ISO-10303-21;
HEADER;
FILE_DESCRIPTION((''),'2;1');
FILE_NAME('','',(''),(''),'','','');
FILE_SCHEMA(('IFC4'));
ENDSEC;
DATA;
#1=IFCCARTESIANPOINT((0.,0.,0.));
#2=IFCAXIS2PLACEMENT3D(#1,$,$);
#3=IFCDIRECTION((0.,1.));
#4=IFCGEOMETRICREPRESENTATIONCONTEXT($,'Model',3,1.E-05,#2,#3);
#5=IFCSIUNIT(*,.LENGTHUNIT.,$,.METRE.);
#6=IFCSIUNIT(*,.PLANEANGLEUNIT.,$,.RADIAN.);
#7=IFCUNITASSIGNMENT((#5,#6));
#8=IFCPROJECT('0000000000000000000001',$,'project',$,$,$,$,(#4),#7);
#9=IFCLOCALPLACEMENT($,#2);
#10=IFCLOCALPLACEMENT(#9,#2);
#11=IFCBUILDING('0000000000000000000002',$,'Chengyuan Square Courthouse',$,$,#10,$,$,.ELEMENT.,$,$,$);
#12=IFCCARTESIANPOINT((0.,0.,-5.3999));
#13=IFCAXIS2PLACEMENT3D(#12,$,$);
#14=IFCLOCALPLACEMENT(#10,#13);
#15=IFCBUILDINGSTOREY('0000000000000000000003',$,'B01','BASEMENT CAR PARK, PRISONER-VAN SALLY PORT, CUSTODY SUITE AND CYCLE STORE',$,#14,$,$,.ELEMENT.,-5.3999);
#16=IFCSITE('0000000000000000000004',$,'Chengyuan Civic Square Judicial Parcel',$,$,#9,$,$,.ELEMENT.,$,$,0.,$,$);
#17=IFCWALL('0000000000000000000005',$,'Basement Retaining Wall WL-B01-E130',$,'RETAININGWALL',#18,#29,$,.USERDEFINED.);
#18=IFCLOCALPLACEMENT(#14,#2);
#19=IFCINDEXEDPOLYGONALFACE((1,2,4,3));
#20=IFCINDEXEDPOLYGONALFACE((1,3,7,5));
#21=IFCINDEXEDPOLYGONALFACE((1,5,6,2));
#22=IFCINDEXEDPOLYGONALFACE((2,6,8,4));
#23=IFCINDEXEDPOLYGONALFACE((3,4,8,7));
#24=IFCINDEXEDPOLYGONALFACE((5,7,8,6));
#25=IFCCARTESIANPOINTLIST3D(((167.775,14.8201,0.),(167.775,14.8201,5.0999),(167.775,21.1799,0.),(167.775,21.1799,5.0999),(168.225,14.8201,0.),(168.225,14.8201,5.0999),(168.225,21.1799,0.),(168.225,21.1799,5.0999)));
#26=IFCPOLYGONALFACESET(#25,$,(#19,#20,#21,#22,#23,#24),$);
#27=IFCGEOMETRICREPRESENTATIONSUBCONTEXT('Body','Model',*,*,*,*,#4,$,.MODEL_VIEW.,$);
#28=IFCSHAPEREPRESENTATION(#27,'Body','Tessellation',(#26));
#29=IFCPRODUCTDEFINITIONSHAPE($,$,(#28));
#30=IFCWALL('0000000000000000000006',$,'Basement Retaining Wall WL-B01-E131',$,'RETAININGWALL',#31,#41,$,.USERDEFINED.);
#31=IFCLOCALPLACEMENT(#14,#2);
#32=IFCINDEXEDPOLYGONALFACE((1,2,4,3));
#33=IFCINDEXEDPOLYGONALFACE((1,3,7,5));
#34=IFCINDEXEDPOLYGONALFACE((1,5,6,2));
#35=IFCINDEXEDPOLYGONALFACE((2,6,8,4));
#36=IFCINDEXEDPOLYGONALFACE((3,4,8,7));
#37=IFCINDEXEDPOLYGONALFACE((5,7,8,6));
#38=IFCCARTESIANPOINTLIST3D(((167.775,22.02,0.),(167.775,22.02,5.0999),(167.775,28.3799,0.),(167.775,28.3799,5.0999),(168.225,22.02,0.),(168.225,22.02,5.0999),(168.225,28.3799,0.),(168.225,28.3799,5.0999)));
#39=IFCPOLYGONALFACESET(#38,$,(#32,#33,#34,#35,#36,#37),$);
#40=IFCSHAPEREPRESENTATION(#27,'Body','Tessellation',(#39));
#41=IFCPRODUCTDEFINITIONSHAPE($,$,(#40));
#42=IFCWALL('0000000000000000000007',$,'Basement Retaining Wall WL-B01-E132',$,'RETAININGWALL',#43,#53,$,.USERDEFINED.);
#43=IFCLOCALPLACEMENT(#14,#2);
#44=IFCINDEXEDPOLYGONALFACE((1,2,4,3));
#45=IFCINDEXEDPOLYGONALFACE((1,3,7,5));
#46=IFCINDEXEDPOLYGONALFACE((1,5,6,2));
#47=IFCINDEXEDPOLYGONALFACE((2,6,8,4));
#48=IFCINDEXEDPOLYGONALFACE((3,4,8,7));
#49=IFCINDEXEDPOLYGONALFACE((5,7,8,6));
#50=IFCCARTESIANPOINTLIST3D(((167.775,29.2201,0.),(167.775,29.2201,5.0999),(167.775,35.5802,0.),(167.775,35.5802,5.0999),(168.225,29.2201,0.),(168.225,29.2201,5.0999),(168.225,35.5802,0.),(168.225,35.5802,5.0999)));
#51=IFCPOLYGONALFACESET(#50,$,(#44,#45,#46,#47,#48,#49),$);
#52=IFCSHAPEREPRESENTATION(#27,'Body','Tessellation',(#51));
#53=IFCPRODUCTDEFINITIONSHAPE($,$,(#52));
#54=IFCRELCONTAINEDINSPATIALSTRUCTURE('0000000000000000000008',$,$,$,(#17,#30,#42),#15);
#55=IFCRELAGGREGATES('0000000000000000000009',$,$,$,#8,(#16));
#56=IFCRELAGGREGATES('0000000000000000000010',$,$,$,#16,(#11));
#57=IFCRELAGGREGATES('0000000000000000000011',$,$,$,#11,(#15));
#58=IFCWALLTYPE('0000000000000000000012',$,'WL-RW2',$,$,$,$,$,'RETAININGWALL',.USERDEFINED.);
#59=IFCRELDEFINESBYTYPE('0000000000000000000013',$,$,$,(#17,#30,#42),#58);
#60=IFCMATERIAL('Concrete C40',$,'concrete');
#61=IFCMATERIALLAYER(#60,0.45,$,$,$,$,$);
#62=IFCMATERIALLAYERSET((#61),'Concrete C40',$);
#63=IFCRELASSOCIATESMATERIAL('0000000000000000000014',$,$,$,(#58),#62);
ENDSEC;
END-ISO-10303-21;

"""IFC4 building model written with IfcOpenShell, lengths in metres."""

from ifc_helpers import new_model, si_unit, direction, frame, frame_2d, origin, place, context, subcontext, project, spatial, rectangle, extrude, material, layer, layer_set, type_object, element, save


model = new_model("IFC4")

# Units and contexts
model_context = context("Model", 3, precision=1e-05, world=origin(), true_north=direction((0.0, 1.0)))
body_context = subcontext(model_context, "Body", "Model", "MODEL_VIEW")
ifc_project = project(units=[si_unit("LENGTHUNIT", "METRE"), si_unit("PLANEANGLEUNIT", "RADIAN")], contexts=[model_context])

# Site, building, storey
site_placement = place(None, origin())
site = spatial("IfcSite", under=ifc_project, at=site_placement, Name="Chengyuan Civic Square Judicial Parcel", CompositionType="ELEMENT", RefElevation=0.0)
building_placement = place(site_placement, origin())
building = spatial("IfcBuilding", under=site, at=building_placement, Name="Chengyuan Square Courthouse", CompositionType="ELEMENT")
storey_placement = place(building_placement, frame((0.0, 0.0, -5.3999)))
storey = spatial("IfcBuildingStorey", under=building, at=storey_placement, Name="B01", Description="BASEMENT CAR PARK, PRISONER-VAN SALLY PORT, CUSTODY SUITE AND CYCLE STORE", CompositionType="ELEMENT", Elevation=-5.3999)

# Shared definitions
ifc_material_1 = material(Name="Concrete C40", Category="concrete")

# Walls
ifc_layer = layer(ifc_material_1, 0.45)
ifc_layer_set = layer_set([ifc_layer], Name="Concrete C40")
wall_type = type_object("IfcWallType", Name="WL-RW2", ElementType="RETAININGWALL", PredefinedType="USERDEFINED", material=ifc_layer_set)
for number, where, z_axis, x_axis, name in (
    (1, (168.0, 14.8201, 0.0), (0.0, 0.0, 1.0), (0.0, 1.0, 0.0), "Basement Retaining Wall WL-B01-E130"),
    (2, (168.0, 22.02, 0.0), (0.0, 0.0, 1.0), (0.0, 1.0, 0.0), "Basement Retaining Wall WL-B01-E131"),
):
    element("IfcWall", number, at=place(storey_placement, frame(where, z_axis=z_axis, x_axis=x_axis)), inside=storey, type_object=wall_type, Name=name, ObjectType="RETAININGWALL", PredefinedType="USERDEFINED", context=body_context, shape_type="SweptSolid", body=[
        extrude(rectangle(XDim=6.3599, YDim=0.45, at=frame_2d((3.1799, 0.0))), origin(), (0.0, 0.0, 1.0), 5.0999),
    ])
wall_placement = place(storey_placement, frame((168.0, 29.22, 0.0), z_axis=(0.0, 0.0, 1.0), x_axis=(0.0, 1.0, 0.0)))
element("IfcWall", 3, at=wall_placement, inside=storey, type_object=wall_type, Name="Basement Retaining Wall WL-B01-E132", ObjectType="RETAININGWALL", PredefinedType="USERDEFINED", context=body_context, shape_type="SweptSolid", body=[
    extrude(rectangle(XDim=6.3601, YDim=0.45, at=frame_2d((3.1802, 0.0))), origin(), (0.0, 0.0, 1.0), 5.0999),
])

save(model, "model.ifc")
